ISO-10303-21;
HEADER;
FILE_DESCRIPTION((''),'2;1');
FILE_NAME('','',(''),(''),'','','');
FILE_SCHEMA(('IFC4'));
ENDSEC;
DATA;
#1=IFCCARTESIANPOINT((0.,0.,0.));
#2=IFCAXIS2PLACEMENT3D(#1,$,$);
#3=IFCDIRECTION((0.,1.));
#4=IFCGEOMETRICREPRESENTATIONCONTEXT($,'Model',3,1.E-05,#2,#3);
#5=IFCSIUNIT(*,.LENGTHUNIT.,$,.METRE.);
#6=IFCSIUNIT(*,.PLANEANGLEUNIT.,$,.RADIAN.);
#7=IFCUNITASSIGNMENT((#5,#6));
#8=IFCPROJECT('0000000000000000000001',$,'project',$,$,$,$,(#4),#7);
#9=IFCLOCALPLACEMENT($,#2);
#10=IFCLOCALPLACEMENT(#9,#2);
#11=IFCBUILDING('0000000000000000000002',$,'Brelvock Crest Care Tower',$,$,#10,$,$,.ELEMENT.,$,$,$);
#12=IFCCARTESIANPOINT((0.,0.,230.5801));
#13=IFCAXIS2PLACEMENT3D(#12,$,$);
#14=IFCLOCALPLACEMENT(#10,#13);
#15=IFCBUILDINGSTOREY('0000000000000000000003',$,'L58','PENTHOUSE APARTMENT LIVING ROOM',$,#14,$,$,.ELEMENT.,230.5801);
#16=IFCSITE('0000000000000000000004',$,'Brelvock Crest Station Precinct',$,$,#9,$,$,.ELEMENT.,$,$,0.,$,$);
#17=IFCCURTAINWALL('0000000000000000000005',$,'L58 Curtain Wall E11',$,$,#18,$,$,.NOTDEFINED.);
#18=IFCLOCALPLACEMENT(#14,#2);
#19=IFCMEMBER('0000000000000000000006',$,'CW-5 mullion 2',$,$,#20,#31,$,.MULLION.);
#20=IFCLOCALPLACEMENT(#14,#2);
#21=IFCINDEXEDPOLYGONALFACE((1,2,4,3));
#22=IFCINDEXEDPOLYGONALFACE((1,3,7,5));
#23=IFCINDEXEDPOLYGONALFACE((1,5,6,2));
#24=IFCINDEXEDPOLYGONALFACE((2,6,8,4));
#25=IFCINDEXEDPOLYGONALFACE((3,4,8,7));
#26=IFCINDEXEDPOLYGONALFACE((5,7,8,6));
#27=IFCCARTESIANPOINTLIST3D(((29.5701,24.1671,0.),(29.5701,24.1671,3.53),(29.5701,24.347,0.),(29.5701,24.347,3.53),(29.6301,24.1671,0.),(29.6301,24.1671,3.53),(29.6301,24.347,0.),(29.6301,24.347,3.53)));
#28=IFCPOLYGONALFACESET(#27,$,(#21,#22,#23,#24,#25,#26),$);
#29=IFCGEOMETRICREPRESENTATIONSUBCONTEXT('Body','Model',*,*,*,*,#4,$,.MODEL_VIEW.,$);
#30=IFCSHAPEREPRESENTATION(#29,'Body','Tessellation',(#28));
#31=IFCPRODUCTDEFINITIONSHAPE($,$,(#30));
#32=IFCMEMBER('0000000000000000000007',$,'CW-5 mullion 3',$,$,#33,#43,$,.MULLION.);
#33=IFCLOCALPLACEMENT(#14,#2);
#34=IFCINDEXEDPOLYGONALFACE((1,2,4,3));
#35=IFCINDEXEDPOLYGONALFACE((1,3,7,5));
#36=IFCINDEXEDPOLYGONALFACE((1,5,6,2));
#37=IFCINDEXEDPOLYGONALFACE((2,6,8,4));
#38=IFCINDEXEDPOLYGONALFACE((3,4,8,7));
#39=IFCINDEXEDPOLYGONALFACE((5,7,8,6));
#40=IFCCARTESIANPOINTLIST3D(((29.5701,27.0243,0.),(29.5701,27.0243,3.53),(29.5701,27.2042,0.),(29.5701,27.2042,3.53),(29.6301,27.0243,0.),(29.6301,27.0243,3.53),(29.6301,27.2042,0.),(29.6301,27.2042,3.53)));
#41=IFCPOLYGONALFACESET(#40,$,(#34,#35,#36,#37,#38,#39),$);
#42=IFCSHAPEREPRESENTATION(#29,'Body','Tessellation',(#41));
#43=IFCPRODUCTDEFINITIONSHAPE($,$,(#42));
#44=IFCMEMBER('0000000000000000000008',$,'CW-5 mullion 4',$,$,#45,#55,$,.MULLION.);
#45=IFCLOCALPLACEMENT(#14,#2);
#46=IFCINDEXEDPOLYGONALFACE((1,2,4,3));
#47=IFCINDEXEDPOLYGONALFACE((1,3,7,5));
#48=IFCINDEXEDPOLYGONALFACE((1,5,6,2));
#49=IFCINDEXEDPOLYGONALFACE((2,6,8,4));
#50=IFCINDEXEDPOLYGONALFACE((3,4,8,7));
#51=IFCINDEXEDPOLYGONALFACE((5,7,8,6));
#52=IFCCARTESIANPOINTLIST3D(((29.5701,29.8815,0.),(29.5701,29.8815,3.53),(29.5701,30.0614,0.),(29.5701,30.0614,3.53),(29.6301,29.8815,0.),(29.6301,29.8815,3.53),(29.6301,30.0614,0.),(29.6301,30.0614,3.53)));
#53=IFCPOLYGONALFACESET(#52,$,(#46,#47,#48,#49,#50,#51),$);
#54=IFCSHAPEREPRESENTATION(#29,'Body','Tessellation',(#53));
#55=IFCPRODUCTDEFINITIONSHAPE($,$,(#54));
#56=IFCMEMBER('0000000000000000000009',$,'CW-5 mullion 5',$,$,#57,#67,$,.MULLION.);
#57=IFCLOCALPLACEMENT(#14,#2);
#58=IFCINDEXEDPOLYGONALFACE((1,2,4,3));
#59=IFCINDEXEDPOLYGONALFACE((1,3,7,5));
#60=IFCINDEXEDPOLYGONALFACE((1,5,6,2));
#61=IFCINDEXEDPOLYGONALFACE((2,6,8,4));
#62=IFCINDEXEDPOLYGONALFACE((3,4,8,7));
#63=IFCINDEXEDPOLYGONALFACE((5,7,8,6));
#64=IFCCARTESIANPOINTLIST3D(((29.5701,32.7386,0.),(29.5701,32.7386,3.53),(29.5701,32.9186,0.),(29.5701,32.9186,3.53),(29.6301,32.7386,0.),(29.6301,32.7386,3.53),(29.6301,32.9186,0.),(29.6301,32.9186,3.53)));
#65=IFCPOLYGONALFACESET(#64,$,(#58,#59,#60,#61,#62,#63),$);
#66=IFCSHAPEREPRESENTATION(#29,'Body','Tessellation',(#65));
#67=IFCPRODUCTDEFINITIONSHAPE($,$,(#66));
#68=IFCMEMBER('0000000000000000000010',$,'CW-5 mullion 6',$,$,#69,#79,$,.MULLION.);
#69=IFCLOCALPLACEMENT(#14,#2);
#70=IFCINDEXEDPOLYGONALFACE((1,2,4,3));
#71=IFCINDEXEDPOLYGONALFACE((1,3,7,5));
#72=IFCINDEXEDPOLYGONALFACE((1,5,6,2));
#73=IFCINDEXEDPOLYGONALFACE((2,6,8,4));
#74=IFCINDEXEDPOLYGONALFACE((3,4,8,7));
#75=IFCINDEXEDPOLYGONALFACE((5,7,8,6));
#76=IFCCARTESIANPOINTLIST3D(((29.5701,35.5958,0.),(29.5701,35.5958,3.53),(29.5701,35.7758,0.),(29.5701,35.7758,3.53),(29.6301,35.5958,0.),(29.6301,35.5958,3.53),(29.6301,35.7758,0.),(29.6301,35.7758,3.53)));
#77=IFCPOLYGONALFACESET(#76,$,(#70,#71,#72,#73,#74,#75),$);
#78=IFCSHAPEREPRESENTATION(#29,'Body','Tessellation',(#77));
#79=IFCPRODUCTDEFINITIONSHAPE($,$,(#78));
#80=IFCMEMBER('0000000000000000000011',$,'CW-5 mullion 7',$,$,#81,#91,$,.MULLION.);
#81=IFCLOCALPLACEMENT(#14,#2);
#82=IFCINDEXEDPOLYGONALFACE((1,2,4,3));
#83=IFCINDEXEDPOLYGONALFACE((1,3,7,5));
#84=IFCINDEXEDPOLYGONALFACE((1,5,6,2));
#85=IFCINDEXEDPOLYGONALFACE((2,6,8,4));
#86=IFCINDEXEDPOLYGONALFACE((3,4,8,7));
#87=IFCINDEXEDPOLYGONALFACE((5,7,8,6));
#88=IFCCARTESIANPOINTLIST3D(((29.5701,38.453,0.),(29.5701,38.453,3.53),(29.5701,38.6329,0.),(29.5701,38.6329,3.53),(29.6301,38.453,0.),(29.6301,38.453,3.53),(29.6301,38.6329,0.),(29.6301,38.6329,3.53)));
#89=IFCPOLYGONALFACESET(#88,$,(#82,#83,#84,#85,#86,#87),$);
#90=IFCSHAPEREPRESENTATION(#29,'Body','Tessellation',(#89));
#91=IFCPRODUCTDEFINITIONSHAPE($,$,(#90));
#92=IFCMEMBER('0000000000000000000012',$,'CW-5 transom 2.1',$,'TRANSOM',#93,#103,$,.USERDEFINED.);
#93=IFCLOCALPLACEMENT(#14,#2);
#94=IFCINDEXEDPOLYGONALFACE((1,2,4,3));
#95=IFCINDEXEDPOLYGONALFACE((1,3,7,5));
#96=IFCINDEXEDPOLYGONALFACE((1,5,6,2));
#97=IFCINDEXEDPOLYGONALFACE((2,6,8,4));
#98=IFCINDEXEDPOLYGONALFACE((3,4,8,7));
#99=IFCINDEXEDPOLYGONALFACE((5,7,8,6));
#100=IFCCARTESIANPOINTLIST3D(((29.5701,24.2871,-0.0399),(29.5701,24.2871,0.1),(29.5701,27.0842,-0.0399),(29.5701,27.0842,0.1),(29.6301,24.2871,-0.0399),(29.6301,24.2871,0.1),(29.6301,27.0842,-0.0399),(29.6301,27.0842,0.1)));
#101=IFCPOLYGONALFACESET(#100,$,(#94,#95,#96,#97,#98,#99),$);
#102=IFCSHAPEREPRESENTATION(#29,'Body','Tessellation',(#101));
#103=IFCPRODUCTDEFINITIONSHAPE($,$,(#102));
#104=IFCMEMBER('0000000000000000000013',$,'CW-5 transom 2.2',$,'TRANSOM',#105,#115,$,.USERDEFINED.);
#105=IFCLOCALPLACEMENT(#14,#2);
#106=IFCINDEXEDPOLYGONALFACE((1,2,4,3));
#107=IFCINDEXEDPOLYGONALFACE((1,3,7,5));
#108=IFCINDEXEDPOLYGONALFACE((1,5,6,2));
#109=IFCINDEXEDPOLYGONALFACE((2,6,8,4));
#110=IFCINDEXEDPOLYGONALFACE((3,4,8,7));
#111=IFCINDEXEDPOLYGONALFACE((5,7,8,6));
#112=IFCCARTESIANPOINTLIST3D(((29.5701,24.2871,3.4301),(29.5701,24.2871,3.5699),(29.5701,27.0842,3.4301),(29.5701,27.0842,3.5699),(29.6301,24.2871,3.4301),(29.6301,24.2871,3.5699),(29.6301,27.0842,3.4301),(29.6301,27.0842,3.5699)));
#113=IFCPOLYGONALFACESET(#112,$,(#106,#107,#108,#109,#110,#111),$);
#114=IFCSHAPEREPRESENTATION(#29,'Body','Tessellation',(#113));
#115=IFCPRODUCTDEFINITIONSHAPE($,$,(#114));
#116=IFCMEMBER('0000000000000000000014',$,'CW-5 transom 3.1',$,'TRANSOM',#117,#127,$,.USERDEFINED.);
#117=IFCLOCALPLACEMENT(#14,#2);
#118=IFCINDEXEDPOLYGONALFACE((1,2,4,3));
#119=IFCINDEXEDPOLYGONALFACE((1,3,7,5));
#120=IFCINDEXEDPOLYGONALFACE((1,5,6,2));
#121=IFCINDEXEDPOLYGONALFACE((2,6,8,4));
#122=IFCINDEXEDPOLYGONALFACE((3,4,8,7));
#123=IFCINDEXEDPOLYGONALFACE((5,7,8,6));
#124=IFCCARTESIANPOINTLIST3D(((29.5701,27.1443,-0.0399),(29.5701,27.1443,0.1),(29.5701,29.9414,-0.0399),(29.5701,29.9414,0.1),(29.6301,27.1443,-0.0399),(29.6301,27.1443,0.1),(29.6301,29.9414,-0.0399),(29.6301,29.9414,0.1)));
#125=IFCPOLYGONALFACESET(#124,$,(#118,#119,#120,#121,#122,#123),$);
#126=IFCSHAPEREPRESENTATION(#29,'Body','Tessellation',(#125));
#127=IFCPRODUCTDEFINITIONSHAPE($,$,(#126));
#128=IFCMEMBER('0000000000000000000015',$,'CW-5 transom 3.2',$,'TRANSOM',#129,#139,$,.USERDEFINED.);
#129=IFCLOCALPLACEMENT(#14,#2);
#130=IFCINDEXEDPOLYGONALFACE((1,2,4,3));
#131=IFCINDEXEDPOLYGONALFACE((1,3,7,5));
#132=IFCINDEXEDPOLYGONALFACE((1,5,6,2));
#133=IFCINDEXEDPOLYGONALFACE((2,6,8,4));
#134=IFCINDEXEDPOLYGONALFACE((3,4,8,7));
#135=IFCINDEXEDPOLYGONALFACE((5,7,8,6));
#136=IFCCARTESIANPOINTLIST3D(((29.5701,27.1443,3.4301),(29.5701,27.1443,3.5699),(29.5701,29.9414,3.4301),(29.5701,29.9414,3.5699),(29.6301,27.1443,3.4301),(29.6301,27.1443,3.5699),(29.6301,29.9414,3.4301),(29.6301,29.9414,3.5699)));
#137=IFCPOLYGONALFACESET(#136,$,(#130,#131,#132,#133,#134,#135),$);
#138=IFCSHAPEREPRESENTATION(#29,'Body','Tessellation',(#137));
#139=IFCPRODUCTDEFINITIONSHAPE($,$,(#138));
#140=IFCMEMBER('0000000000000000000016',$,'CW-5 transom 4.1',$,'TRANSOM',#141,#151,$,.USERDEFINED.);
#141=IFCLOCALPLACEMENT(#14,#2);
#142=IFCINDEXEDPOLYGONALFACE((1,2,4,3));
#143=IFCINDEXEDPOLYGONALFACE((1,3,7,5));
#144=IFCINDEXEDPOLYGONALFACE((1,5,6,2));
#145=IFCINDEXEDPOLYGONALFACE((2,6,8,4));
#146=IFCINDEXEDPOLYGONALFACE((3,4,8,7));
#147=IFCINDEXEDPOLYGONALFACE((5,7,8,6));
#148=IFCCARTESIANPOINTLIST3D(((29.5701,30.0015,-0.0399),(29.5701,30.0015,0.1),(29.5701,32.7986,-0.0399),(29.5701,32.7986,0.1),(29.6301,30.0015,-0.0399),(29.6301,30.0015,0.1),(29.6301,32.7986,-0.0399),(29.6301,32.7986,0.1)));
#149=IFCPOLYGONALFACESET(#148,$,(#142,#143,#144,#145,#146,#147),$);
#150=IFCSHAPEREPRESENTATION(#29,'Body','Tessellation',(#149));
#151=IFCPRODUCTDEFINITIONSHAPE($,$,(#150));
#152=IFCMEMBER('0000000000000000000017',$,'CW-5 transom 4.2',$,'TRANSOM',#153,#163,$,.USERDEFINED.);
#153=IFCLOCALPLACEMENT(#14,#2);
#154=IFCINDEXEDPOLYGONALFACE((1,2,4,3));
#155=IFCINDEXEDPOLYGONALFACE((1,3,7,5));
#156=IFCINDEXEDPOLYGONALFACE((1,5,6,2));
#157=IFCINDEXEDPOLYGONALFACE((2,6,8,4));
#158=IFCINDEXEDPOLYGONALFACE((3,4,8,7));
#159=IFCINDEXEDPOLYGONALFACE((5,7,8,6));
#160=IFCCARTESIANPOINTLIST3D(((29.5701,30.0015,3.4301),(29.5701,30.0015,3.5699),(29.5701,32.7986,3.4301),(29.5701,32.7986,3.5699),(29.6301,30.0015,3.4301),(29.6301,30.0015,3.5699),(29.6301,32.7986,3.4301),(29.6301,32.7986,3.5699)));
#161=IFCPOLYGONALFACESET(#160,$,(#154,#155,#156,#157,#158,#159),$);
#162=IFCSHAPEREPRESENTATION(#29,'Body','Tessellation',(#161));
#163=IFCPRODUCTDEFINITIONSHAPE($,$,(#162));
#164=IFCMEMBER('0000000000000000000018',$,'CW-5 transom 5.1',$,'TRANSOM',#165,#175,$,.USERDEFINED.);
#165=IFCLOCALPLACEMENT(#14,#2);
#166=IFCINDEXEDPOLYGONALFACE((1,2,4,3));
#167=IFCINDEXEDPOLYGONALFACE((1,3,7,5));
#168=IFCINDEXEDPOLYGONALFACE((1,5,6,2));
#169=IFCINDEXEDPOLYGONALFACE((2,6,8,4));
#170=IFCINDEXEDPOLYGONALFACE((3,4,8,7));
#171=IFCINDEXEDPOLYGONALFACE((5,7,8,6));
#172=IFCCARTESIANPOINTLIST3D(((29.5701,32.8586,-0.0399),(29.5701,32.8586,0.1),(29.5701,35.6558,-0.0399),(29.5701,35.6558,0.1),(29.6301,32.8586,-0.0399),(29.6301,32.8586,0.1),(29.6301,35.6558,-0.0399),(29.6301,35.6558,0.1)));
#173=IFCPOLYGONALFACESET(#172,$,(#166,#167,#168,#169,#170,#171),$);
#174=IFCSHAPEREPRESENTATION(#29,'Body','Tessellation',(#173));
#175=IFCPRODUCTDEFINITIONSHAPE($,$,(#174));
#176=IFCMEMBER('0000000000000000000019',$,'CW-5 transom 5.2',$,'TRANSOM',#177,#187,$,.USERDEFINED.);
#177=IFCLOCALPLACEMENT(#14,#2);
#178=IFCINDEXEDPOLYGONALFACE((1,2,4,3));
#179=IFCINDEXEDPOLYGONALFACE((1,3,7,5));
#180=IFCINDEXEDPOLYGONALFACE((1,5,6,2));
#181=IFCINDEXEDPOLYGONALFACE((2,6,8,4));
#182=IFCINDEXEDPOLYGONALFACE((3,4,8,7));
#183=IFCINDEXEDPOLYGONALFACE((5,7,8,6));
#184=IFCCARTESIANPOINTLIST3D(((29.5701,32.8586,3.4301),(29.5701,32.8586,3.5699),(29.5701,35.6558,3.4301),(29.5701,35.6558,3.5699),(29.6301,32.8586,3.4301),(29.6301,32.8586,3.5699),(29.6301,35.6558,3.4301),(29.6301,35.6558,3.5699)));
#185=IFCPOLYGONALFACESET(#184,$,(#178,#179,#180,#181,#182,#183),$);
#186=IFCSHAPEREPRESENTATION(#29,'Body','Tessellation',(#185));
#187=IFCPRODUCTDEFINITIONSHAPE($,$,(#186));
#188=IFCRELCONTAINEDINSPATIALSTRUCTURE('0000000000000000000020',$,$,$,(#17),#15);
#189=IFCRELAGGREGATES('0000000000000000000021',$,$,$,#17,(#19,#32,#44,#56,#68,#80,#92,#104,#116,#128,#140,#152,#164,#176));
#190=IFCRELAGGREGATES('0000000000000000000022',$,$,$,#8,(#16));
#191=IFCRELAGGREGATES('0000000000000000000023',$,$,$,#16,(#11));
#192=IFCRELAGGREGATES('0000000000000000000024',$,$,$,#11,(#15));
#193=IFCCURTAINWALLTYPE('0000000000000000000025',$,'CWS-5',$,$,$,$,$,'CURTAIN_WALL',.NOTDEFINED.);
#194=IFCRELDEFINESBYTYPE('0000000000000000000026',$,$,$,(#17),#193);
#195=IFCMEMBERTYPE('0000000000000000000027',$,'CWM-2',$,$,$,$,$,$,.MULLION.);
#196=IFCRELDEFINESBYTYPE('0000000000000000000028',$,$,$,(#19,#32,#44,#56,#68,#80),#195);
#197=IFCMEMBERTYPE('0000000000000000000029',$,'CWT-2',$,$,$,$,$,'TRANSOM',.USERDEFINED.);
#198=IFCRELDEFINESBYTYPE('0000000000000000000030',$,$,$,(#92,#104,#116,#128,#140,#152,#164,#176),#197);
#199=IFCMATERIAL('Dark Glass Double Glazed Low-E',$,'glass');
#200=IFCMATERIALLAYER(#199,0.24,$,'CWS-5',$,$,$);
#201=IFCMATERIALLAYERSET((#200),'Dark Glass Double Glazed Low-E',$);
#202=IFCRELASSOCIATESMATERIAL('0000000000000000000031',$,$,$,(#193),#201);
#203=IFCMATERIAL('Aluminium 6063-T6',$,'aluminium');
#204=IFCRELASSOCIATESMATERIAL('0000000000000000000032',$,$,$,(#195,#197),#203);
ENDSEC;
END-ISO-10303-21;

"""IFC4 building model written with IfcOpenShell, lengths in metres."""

from ifc_helpers import new_model, si_unit, direction, frame, origin, origin_2d, place, context, subcontext, project, spatial, rectangle, extrude, source, transform, mapped, material, layer, layer_set, material_profile, profile_set, type_object, element, aggregate, save


model = new_model("IFC4")

# Units and contexts
model_context = context("Model", 3, precision=1e-05, world=origin(), true_north=direction((0.0, 1.0)))
body_context = subcontext(model_context, "Body", "Model", "MODEL_VIEW")
ifc_project = project(units=[si_unit("LENGTHUNIT", "METRE"), si_unit("PLANEANGLEUNIT", "RADIAN")], contexts=[model_context])

# Site, building, storey
site_placement = place(None, origin())
site = spatial("IfcSite", under=ifc_project, at=site_placement, Name="Brelvock Crest Station Precinct", CompositionType="ELEMENT", RefElevation=0.0)
building_placement = place(site_placement, origin())
building = spatial("IfcBuilding", under=site, at=building_placement, Name="Brelvock Crest Care Tower", CompositionType="ELEMENT")
storey_placement = place(building_placement, frame((0.0, 0.0, 230.5801)))
storey = spatial("IfcBuildingStorey", under=building, at=storey_placement, Name="L58", Description="PENTHOUSE APARTMENT LIVING ROOM", CompositionType="ELEMENT", Elevation=230.5801)

# Curtain wall, members
ifc_material_1 = material(Name="Dark Glass Double Glazed Low-E", Category="glass")
ifc_layer_1 = layer(ifc_material_1, 0.24, Name="CWS-5")
ifc_layer_set_1 = layer_set([ifc_layer_1], Name="Dark Glass Double Glazed Low-E")
curtain_wall_type = type_object("IfcCurtainWallType", Name="CWS-5", ElementType="CURTAIN_WALL", PredefinedType="NOTDEFINED", material=ifc_layer_set_1)
curtain_wall_placement = place(storey_placement, origin())
curtain_wall = element("IfcCurtainWall", 1, at=curtain_wall_placement, inside=storey, type_object=curtain_wall_type, Name="L58 Curtain Wall E11", PredefinedType="NOTDEFINED")
ifc_material_2 = material(Name="Aluminium 6063-T6", Category="aluminium")
ifc_material_profile_1 = material_profile(ifc_material_2, rectangle(XDim=0.0601, YDim=0.1799, at=origin_2d()), Name="ALU60x180")
ifc_profile_set_1 = profile_set([ifc_material_profile_1], Name="Aluminium 6063-T6")
member_type_1 = type_object("IfcMemberType", Name="CWM-2", PredefinedType="MULLION", material=ifc_profile_set_1)
shared_shape_1 = source(origin(), body_context, "Body", "SweptSolid", [
    extrude(rectangle(XDim=0.0601, YDim=0.1799, at=origin_2d()), origin(), (0.0, 0.0, 1.0), 3.53),
])
member_1_placement = place(storey_placement, frame((29.6001, 24.2571, 0.0), z_axis=(0.0, 0.0, 1.0), x_axis=(-1.0, 0.0, 0.0)))
member_1 = element("IfcMember", 2, at=member_1_placement, type_object=member_type_1, Name="CW-5 mullion 2", PredefinedType="MULLION", context=body_context, shape_type="MappedRepresentation", body=[
    mapped(shared_shape_1, transform((0.0, 0.0, 0.0), x_axis=(1.0, 0.0, 0.0), y_axis=(0.0, 1.0, 0.0), z_axis=(0.0, 0.0, 1.0), scale=1.0)),
])
member_2_placement = place(storey_placement, frame((29.6001, 27.1143, 0.0), z_axis=(0.0, 0.0, 1.0), x_axis=(-1.0, 0.0, 0.0)))
member_2 = element("IfcMember", 3, at=member_2_placement, type_object=member_type_1, Name="CW-5 mullion 3", PredefinedType="MULLION", context=body_context, shape_type="MappedRepresentation", body=[
    mapped(shared_shape_1, transform((0.0, 0.0, 0.0), x_axis=(1.0, 0.0, 0.0), y_axis=(0.0, 1.0, 0.0), z_axis=(0.0, 0.0, 1.0), scale=1.0)),
])
member_3_placement = place(storey_placement, frame((29.6001, 29.9714, 0.0), z_axis=(0.0, 0.0, 1.0), x_axis=(-1.0, 0.0, 0.0)))
member_3 = element("IfcMember", 4, at=member_3_placement, type_object=member_type_1, Name="CW-5 mullion 4", PredefinedType="MULLION", context=body_context, shape_type="MappedRepresentation", body=[
    mapped(shared_shape_1, transform((0.0, 0.0, 0.0), x_axis=(1.0, 0.0, 0.0), y_axis=(0.0, 1.0, 0.0), z_axis=(0.0, 0.0, 1.0), scale=1.0)),
])
member_4_placement = place(storey_placement, frame((29.6001, 32.8286, 0.0), z_axis=(0.0, 0.0, 1.0), x_axis=(-1.0, 0.0, 0.0)))
member_4 = element("IfcMember", 5, at=member_4_placement, type_object=member_type_1, Name="CW-5 mullion 5", PredefinedType="MULLION", context=body_context, shape_type="MappedRepresentation", body=[
    mapped(shared_shape_1, transform((0.0, 0.0, 0.0), x_axis=(1.0, 0.0, 0.0), y_axis=(0.0, 1.0, 0.0), z_axis=(0.0, 0.0, 1.0), scale=1.0)),
])
member_5_placement = place(storey_placement, frame((29.6001, 35.6858, 0.0), z_axis=(0.0, 0.0, 1.0), x_axis=(-1.0, 0.0, 0.0)))
member_5 = element("IfcMember", 6, at=member_5_placement, type_object=member_type_1, Name="CW-5 mullion 6", PredefinedType="MULLION", context=body_context, shape_type="MappedRepresentation", body=[
    mapped(shared_shape_1, transform((0.0, 0.0, 0.0), x_axis=(1.0, 0.0, 0.0), y_axis=(0.0, 1.0, 0.0), z_axis=(0.0, 0.0, 1.0), scale=1.0)),
])
member_6_placement = place(storey_placement, frame((29.6001, 38.543, 0.0), z_axis=(0.0, 0.0, 1.0), x_axis=(-1.0, 0.0, 0.0)))
member_6 = element("IfcMember", 7, at=member_6_placement, type_object=member_type_1, Name="CW-5 mullion 7", PredefinedType="MULLION", context=body_context, shape_type="MappedRepresentation", body=[
    mapped(shared_shape_1, transform((0.0, 0.0, 0.0), x_axis=(1.0, 0.0, 0.0), y_axis=(0.0, 1.0, 0.0), z_axis=(0.0, 0.0, 1.0), scale=1.0)),
])
ifc_material_profile_2 = material_profile(ifc_material_2, rectangle(XDim=0.0601, YDim=0.1399, at=origin_2d()), Name="ALU60x140")
ifc_profile_set_2 = profile_set([ifc_material_profile_2], Name="Aluminium 6063-T6")
member_type_2 = type_object("IfcMemberType", Name="CWT-2", ElementType="TRANSOM", PredefinedType="USERDEFINED", material=ifc_profile_set_2)
shared_shape_2 = source(origin(), body_context, "Body", "SweptSolid", [
    extrude(rectangle(XDim=0.0601, YDim=0.1399, at=origin_2d()), origin(), (0.0, 0.0, 1.0), 2.7971),
])
member_7_placement = place(storey_placement, frame((29.6001, 24.2871, 0.03), z_axis=(0.0, 1.0, 0.0), x_axis=(-1.0, 0.0, 0.0)))
member_7 = element("IfcMember", 8, at=member_7_placement, type_object=member_type_2, Name="CW-5 transom 2.1", ObjectType="TRANSOM", PredefinedType="USERDEFINED", context=body_context, shape_type="MappedRepresentation", body=[
    mapped(shared_shape_2, transform((0.0, 0.0, 0.0), x_axis=(1.0, 0.0, 0.0), y_axis=(0.0, 1.0, 0.0), z_axis=(0.0, 0.0, 1.0), scale=1.0)),
])
member_8_placement = place(storey_placement, frame((29.6001, 24.2871, 3.5), z_axis=(0.0, 1.0, 0.0), x_axis=(-1.0, 0.0, 0.0)))
member_8 = element("IfcMember", 9, at=member_8_placement, type_object=member_type_2, Name="CW-5 transom 2.2", ObjectType="TRANSOM", PredefinedType="USERDEFINED", context=body_context, shape_type="MappedRepresentation", body=[
    mapped(shared_shape_2, transform((0.0, 0.0, 0.0), x_axis=(1.0, 0.0, 0.0), y_axis=(0.0, 1.0, 0.0), z_axis=(0.0, 0.0, 1.0), scale=1.0)),
])
member_9_placement = place(storey_placement, frame((29.6001, 27.1443, 0.03), z_axis=(0.0, 1.0, 0.0), x_axis=(-1.0, 0.0, 0.0)))
member_9 = element("IfcMember", 10, at=member_9_placement, type_object=member_type_2, Name="CW-5 transom 3.1", ObjectType="TRANSOM", PredefinedType="USERDEFINED", context=body_context, shape_type="MappedRepresentation", body=[
    mapped(shared_shape_2, transform((0.0, 0.0, 0.0), x_axis=(1.0, 0.0, 0.0), y_axis=(0.0, 1.0, 0.0), z_axis=(0.0, 0.0, 1.0), scale=1.0)),
])
member_10_placement = place(storey_placement, frame((29.6001, 27.1443, 3.5), z_axis=(0.0, 1.0, 0.0), x_axis=(-1.0, 0.0, 0.0)))
member_10 = element("IfcMember", 11, at=member_10_placement, type_object=member_type_2, Name="CW-5 transom 3.2", ObjectType="TRANSOM", PredefinedType="USERDEFINED", context=body_context, shape_type="MappedRepresentation", body=[
    mapped(shared_shape_2, transform((0.0, 0.0, 0.0), x_axis=(1.0, 0.0, 0.0), y_axis=(0.0, 1.0, 0.0), z_axis=(0.0, 0.0, 1.0), scale=1.0)),
])
member_11_placement = place(storey_placement, frame((29.6001, 30.0015, 0.03), z_axis=(0.0, 1.0, 0.0), x_axis=(-1.0, 0.0, 0.0)))
member_11 = element("IfcMember", 12, at=member_11_placement, type_object=member_type_2, Name="CW-5 transom 4.1", ObjectType="TRANSOM", PredefinedType="USERDEFINED", context=body_context, shape_type="MappedRepresentation", body=[
    mapped(shared_shape_2, transform((0.0, 0.0, 0.0), x_axis=(1.0, 0.0, 0.0), y_axis=(0.0, 1.0, 0.0), z_axis=(0.0, 0.0, 1.0), scale=1.0)),
])
member_12_placement = place(storey_placement, frame((29.6001, 30.0015, 3.5), z_axis=(0.0, 1.0, 0.0), x_axis=(-1.0, 0.0, 0.0)))
member_12 = element("IfcMember", 13, at=member_12_placement, type_object=member_type_2, Name="CW-5 transom 4.2", ObjectType="TRANSOM", PredefinedType="USERDEFINED", context=body_context, shape_type="MappedRepresentation", body=[
    mapped(shared_shape_2, transform((0.0, 0.0, 0.0), x_axis=(1.0, 0.0, 0.0), y_axis=(0.0, 1.0, 0.0), z_axis=(0.0, 0.0, 1.0), scale=1.0)),
])
member_13_placement = place(storey_placement, frame((29.6001, 32.8586, 0.03), z_axis=(0.0, 1.0, 0.0), x_axis=(-1.0, 0.0, 0.0)))
member_13 = element("IfcMember", 14, at=member_13_placement, type_object=member_type_2, Name="CW-5 transom 5.1", ObjectType="TRANSOM", PredefinedType="USERDEFINED", context=body_context, shape_type="MappedRepresentation", body=[
    mapped(shared_shape_2, transform((0.0, 0.0, 0.0), x_axis=(1.0, 0.0, 0.0), y_axis=(0.0, 1.0, 0.0), z_axis=(0.0, 0.0, 1.0), scale=1.0)),
])
member_14_placement = place(storey_placement, frame((29.6001, 32.8586, 3.5), z_axis=(0.0, 1.0, 0.0), x_axis=(-1.0, 0.0, 0.0)))
member_14 = element("IfcMember", 15, at=member_14_placement, type_object=member_type_2, Name="CW-5 transom 5.2", ObjectType="TRANSOM", PredefinedType="USERDEFINED", context=body_context, shape_type="MappedRepresentation", body=[
    mapped(shared_shape_2, transform((0.0, 0.0, 0.0), x_axis=(1.0, 0.0, 0.0), y_axis=(0.0, 1.0, 0.0), z_axis=(0.0, 0.0, 1.0), scale=1.0)),
])
aggregate(curtain_wall, [member_1, member_2, member_3, member_4, member_5, member_6, member_7, member_8, member_9, member_10, member_11, member_12, member_13, member_14])

save(model, "model.ifc")
